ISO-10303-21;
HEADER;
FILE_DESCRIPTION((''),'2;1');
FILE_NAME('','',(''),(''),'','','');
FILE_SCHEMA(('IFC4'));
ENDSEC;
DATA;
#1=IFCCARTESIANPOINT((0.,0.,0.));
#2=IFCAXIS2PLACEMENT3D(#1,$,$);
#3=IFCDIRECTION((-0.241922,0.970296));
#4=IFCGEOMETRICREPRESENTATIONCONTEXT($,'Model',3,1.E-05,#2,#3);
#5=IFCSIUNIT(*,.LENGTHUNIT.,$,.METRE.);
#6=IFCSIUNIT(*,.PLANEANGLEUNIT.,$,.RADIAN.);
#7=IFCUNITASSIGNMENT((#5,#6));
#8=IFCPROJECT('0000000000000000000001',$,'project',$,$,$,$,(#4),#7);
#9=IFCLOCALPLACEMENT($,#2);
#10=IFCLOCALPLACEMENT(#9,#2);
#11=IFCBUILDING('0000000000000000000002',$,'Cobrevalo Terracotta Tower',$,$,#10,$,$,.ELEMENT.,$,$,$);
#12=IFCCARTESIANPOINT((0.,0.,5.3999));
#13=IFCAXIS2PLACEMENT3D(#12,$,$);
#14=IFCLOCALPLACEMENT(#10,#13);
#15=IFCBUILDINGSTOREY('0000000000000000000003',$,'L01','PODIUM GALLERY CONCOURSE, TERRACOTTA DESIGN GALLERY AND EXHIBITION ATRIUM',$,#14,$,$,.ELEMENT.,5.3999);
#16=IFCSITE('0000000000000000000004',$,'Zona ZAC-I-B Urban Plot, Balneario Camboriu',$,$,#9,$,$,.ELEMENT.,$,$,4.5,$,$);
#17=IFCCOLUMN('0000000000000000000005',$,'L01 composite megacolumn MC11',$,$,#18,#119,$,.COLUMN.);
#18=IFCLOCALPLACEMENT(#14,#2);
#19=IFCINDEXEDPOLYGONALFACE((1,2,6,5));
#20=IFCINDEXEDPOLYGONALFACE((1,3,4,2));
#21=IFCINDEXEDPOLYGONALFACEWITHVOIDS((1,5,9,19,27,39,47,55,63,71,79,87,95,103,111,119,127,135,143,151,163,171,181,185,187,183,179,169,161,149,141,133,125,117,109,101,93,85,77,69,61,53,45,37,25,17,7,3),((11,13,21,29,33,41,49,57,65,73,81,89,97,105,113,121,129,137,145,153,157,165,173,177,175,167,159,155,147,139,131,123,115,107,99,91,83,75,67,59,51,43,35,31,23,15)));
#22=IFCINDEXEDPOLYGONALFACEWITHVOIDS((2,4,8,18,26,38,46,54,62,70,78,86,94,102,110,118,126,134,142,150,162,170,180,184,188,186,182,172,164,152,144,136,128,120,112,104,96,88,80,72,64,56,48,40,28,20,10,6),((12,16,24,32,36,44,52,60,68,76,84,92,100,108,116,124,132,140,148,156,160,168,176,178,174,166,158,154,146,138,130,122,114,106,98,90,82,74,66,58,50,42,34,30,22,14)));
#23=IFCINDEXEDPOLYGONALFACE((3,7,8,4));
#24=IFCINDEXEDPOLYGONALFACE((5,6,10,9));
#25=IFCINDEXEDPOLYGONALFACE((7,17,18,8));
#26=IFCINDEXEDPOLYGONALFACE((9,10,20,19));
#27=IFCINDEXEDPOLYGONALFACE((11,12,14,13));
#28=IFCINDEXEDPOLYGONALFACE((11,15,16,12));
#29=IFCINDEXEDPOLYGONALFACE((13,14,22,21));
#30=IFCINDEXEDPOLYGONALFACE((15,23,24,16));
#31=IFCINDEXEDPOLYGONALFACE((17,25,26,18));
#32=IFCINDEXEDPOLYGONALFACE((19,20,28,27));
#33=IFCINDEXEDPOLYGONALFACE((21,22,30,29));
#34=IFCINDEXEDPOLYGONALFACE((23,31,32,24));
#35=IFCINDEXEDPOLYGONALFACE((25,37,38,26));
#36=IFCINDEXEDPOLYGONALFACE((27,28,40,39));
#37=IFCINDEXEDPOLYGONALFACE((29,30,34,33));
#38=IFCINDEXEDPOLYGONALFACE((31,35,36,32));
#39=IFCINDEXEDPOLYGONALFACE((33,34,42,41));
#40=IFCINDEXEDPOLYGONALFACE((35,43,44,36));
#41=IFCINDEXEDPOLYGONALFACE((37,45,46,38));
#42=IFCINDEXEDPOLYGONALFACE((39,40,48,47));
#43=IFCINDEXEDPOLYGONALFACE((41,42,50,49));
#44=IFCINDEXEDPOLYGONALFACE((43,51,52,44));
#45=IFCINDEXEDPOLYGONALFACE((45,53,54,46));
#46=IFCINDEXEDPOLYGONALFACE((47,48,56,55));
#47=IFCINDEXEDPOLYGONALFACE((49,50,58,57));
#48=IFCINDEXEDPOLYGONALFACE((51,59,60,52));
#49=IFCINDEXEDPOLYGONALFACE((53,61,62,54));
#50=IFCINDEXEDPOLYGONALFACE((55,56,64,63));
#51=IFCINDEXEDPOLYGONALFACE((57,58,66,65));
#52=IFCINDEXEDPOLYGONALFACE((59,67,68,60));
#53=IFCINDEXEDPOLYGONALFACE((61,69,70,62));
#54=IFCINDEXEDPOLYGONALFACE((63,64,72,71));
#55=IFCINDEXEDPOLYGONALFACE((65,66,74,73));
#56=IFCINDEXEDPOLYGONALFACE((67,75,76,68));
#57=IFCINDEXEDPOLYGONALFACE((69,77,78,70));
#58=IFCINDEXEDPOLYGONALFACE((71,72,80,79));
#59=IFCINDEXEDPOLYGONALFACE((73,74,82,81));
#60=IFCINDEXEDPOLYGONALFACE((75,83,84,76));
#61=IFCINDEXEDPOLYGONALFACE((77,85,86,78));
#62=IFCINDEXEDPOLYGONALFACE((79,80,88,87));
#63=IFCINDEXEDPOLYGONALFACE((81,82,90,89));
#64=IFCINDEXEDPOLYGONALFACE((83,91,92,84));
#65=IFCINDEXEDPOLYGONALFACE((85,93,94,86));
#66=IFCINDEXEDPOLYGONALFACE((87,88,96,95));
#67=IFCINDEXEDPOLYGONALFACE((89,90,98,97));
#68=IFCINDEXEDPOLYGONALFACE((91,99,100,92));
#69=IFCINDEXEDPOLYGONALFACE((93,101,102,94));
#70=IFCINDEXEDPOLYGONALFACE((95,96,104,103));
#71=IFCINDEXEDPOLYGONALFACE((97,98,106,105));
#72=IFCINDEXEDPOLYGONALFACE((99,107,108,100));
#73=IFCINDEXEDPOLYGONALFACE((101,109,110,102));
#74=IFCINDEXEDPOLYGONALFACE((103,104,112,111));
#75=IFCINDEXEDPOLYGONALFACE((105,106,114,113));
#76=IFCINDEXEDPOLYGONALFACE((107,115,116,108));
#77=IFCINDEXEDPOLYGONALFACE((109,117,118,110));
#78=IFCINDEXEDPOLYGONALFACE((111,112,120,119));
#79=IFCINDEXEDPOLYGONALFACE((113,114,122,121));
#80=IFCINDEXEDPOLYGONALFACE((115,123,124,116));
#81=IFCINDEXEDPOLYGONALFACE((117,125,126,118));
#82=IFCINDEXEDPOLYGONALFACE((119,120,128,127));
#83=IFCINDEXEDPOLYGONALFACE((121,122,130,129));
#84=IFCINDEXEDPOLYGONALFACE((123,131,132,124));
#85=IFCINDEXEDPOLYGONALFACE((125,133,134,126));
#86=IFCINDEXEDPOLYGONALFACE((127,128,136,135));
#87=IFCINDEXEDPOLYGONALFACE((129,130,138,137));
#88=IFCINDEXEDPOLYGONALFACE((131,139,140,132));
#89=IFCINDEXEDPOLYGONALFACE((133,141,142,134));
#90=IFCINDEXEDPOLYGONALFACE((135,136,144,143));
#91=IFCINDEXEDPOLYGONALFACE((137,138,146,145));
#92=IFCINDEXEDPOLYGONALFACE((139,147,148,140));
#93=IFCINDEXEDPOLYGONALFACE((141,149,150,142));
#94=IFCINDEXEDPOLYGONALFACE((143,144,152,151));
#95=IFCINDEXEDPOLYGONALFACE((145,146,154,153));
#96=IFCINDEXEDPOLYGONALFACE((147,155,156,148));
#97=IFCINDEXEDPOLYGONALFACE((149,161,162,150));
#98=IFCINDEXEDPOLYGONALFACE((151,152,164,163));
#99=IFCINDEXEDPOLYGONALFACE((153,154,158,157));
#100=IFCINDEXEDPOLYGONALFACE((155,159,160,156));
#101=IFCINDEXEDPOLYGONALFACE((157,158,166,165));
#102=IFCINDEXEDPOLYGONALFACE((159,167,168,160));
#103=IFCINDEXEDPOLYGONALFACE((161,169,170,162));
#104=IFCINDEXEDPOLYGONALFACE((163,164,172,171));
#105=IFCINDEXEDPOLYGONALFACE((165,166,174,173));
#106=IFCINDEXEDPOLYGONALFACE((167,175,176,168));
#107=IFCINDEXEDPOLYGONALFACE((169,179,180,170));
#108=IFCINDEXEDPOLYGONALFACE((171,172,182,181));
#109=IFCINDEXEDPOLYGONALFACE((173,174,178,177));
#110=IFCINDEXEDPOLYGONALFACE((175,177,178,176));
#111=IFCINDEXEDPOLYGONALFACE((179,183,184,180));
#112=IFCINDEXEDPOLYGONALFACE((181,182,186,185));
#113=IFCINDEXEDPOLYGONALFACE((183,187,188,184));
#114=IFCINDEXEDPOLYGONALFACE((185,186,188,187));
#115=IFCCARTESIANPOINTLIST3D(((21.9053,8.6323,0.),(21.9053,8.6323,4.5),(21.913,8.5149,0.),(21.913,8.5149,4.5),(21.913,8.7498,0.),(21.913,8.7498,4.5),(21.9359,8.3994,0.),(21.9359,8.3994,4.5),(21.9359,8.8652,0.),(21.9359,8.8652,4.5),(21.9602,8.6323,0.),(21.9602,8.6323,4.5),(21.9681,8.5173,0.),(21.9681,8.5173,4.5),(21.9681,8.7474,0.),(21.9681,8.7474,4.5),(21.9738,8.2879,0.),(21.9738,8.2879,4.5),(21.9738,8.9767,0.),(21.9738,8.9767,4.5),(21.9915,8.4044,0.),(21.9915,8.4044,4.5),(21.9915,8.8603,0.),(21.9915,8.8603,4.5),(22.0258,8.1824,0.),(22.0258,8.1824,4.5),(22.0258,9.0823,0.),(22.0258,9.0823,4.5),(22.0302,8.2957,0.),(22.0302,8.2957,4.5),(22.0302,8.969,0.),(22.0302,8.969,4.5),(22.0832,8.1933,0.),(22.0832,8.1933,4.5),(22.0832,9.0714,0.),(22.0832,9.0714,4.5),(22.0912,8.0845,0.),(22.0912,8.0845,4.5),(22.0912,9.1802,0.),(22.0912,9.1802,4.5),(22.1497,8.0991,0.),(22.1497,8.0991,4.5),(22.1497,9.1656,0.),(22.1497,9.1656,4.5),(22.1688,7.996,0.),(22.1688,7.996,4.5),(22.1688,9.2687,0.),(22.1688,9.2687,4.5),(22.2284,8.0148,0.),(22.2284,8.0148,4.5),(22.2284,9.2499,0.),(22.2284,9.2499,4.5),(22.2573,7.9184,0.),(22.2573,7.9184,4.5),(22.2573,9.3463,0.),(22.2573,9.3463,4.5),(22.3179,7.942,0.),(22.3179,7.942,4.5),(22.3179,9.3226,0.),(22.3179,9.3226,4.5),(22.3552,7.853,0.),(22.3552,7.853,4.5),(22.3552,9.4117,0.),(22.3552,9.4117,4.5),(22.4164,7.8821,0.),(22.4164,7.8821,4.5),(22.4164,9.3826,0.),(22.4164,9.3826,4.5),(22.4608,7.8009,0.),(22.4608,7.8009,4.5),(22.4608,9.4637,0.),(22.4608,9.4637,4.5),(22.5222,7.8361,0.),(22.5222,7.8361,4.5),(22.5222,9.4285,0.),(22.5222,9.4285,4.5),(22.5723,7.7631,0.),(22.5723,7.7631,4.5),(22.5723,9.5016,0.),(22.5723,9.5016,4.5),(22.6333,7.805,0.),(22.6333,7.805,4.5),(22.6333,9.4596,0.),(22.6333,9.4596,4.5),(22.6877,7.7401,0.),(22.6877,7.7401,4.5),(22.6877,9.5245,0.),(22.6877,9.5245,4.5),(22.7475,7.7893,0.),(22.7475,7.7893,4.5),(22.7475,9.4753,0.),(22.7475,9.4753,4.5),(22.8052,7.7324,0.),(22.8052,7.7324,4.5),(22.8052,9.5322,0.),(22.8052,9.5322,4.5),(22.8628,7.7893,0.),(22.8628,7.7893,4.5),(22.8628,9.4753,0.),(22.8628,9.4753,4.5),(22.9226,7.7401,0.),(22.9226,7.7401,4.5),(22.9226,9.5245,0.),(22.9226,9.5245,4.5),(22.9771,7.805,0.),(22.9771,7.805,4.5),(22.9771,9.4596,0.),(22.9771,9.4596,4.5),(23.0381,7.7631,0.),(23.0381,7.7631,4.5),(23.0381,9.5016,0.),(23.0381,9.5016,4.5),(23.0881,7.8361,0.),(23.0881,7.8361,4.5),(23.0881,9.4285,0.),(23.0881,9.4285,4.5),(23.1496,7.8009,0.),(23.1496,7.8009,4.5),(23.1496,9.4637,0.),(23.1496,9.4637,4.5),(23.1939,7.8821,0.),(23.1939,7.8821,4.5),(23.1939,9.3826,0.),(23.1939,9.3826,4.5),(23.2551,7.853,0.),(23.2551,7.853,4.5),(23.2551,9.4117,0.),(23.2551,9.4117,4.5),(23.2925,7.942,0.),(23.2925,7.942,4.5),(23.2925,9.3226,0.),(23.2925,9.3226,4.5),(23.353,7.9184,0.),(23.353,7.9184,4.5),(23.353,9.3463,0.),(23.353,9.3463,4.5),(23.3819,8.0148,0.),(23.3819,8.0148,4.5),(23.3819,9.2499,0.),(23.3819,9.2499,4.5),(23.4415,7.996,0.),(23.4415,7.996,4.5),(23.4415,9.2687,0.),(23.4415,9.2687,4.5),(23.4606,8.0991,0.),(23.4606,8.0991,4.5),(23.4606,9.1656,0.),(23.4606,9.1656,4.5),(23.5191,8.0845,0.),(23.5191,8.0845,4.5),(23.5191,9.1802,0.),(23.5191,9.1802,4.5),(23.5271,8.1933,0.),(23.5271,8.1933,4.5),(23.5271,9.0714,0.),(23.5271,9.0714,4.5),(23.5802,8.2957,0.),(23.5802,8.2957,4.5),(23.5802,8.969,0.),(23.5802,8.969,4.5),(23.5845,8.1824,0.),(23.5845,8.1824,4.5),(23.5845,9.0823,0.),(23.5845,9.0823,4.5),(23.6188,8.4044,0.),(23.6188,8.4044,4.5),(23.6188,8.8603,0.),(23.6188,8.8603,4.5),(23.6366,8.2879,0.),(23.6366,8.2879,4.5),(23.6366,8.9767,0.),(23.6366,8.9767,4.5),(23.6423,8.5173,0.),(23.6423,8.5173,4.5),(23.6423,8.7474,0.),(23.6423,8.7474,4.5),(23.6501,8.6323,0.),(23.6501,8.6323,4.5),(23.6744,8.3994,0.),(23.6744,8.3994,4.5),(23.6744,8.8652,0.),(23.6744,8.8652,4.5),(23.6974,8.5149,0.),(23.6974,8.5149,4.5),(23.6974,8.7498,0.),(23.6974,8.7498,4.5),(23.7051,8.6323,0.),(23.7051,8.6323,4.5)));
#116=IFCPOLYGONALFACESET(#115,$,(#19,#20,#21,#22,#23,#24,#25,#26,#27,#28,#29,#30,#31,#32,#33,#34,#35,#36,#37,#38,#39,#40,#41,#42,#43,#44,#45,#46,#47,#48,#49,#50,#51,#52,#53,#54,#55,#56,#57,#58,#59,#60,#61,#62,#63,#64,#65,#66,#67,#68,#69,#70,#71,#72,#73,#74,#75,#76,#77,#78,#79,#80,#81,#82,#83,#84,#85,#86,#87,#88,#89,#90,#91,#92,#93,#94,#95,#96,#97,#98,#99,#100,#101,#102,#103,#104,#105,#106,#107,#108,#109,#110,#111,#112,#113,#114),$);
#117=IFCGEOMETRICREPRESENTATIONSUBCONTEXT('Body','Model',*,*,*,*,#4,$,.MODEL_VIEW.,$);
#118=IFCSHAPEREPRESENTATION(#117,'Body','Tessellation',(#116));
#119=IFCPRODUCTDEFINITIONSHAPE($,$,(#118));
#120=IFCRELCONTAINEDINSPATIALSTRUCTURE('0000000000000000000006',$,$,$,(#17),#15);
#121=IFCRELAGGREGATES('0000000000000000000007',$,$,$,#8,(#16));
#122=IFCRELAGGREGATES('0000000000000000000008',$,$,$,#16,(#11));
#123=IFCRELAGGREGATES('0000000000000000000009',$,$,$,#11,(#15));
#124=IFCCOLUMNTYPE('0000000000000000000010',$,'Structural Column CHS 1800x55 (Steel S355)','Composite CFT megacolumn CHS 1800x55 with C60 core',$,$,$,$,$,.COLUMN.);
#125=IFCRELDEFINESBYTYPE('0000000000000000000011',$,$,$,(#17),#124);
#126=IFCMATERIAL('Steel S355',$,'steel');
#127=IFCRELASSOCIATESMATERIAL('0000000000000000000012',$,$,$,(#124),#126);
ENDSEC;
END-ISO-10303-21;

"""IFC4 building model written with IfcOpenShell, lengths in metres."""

from ifc_helpers import new_model, si_unit, direction, frame, origin, origin_2d, place, context, subcontext, project, spatial, hollow_circle, extrude, material, material_profile, profile_set, type_object, element, save


model = new_model("IFC4")

# Units and contexts
model_context = context("Model", 3, precision=1e-05, world=origin(), true_north=direction((-0.241922, 0.970296)))
body_context = subcontext(model_context, "Body", "Model", "MODEL_VIEW")
ifc_project = project(units=[si_unit("LENGTHUNIT", "METRE"), si_unit("PLANEANGLEUNIT", "RADIAN")], contexts=[model_context])

# Site, building, storey
site_placement = place(None, origin())
site = spatial("IfcSite", under=ifc_project, at=site_placement, Name="Zona ZAC-I-B Urban Plot, Balneario Camboriu", CompositionType="ELEMENT", RefElevation=4.5)
building_placement = place(site_placement, origin())
building = spatial("IfcBuilding", under=site, at=building_placement, Name="Cobrevalo Terracotta Tower", CompositionType="ELEMENT")
storey_placement = place(building_placement, frame((0.0, 0.0, 5.3999)))
storey = spatial("IfcBuildingStorey", under=building, at=storey_placement, Name="L01", Description="PODIUM GALLERY CONCOURSE, TERRACOTTA DESIGN GALLERY AND EXHIBITION ATRIUM", CompositionType="ELEMENT", Elevation=5.3999)

# Column
ifc_material_1 = material(Name="Steel S355", Category="steel")
ifc_material_profile_1 = material_profile(ifc_material_1, hollow_circle(Radius=0.8999, WallThickness=0.0549, at=origin_2d()), Name="CHS 1800x55")
ifc_profile_set_1 = profile_set([ifc_material_profile_1], Name="Steel S355")
column_type_1 = type_object("IfcColumnType", Name="Structural Column CHS 1800x55 (Steel S355)", Description="Composite CFT megacolumn CHS 1800x55 with C60 core", PredefinedType="COLUMN", material=ifc_profile_set_1)
for number, where, z_axis, x_axis, name in (
    (1, (22.8052, 8.6323, 0.0), (0.0, 0.0, 1.0), (1.0, 0.0, 0.0), "L01 composite megacolumn MC11"),
):
    element("IfcColumn", number, at=place(storey_placement, frame(where, z_axis=z_axis, x_axis=x_axis)), inside=storey, type_object=column_type_1, Name=name, PredefinedType="COLUMN", context=body_context, shape_type="SweptSolid", body=[
        extrude(hollow_circle(Radius=0.8999, WallThickness=0.0549, at=origin_2d()), origin(), (0.0, 0.0, 1.0), 4.5),
    ])

save(model, "model.ifc")
